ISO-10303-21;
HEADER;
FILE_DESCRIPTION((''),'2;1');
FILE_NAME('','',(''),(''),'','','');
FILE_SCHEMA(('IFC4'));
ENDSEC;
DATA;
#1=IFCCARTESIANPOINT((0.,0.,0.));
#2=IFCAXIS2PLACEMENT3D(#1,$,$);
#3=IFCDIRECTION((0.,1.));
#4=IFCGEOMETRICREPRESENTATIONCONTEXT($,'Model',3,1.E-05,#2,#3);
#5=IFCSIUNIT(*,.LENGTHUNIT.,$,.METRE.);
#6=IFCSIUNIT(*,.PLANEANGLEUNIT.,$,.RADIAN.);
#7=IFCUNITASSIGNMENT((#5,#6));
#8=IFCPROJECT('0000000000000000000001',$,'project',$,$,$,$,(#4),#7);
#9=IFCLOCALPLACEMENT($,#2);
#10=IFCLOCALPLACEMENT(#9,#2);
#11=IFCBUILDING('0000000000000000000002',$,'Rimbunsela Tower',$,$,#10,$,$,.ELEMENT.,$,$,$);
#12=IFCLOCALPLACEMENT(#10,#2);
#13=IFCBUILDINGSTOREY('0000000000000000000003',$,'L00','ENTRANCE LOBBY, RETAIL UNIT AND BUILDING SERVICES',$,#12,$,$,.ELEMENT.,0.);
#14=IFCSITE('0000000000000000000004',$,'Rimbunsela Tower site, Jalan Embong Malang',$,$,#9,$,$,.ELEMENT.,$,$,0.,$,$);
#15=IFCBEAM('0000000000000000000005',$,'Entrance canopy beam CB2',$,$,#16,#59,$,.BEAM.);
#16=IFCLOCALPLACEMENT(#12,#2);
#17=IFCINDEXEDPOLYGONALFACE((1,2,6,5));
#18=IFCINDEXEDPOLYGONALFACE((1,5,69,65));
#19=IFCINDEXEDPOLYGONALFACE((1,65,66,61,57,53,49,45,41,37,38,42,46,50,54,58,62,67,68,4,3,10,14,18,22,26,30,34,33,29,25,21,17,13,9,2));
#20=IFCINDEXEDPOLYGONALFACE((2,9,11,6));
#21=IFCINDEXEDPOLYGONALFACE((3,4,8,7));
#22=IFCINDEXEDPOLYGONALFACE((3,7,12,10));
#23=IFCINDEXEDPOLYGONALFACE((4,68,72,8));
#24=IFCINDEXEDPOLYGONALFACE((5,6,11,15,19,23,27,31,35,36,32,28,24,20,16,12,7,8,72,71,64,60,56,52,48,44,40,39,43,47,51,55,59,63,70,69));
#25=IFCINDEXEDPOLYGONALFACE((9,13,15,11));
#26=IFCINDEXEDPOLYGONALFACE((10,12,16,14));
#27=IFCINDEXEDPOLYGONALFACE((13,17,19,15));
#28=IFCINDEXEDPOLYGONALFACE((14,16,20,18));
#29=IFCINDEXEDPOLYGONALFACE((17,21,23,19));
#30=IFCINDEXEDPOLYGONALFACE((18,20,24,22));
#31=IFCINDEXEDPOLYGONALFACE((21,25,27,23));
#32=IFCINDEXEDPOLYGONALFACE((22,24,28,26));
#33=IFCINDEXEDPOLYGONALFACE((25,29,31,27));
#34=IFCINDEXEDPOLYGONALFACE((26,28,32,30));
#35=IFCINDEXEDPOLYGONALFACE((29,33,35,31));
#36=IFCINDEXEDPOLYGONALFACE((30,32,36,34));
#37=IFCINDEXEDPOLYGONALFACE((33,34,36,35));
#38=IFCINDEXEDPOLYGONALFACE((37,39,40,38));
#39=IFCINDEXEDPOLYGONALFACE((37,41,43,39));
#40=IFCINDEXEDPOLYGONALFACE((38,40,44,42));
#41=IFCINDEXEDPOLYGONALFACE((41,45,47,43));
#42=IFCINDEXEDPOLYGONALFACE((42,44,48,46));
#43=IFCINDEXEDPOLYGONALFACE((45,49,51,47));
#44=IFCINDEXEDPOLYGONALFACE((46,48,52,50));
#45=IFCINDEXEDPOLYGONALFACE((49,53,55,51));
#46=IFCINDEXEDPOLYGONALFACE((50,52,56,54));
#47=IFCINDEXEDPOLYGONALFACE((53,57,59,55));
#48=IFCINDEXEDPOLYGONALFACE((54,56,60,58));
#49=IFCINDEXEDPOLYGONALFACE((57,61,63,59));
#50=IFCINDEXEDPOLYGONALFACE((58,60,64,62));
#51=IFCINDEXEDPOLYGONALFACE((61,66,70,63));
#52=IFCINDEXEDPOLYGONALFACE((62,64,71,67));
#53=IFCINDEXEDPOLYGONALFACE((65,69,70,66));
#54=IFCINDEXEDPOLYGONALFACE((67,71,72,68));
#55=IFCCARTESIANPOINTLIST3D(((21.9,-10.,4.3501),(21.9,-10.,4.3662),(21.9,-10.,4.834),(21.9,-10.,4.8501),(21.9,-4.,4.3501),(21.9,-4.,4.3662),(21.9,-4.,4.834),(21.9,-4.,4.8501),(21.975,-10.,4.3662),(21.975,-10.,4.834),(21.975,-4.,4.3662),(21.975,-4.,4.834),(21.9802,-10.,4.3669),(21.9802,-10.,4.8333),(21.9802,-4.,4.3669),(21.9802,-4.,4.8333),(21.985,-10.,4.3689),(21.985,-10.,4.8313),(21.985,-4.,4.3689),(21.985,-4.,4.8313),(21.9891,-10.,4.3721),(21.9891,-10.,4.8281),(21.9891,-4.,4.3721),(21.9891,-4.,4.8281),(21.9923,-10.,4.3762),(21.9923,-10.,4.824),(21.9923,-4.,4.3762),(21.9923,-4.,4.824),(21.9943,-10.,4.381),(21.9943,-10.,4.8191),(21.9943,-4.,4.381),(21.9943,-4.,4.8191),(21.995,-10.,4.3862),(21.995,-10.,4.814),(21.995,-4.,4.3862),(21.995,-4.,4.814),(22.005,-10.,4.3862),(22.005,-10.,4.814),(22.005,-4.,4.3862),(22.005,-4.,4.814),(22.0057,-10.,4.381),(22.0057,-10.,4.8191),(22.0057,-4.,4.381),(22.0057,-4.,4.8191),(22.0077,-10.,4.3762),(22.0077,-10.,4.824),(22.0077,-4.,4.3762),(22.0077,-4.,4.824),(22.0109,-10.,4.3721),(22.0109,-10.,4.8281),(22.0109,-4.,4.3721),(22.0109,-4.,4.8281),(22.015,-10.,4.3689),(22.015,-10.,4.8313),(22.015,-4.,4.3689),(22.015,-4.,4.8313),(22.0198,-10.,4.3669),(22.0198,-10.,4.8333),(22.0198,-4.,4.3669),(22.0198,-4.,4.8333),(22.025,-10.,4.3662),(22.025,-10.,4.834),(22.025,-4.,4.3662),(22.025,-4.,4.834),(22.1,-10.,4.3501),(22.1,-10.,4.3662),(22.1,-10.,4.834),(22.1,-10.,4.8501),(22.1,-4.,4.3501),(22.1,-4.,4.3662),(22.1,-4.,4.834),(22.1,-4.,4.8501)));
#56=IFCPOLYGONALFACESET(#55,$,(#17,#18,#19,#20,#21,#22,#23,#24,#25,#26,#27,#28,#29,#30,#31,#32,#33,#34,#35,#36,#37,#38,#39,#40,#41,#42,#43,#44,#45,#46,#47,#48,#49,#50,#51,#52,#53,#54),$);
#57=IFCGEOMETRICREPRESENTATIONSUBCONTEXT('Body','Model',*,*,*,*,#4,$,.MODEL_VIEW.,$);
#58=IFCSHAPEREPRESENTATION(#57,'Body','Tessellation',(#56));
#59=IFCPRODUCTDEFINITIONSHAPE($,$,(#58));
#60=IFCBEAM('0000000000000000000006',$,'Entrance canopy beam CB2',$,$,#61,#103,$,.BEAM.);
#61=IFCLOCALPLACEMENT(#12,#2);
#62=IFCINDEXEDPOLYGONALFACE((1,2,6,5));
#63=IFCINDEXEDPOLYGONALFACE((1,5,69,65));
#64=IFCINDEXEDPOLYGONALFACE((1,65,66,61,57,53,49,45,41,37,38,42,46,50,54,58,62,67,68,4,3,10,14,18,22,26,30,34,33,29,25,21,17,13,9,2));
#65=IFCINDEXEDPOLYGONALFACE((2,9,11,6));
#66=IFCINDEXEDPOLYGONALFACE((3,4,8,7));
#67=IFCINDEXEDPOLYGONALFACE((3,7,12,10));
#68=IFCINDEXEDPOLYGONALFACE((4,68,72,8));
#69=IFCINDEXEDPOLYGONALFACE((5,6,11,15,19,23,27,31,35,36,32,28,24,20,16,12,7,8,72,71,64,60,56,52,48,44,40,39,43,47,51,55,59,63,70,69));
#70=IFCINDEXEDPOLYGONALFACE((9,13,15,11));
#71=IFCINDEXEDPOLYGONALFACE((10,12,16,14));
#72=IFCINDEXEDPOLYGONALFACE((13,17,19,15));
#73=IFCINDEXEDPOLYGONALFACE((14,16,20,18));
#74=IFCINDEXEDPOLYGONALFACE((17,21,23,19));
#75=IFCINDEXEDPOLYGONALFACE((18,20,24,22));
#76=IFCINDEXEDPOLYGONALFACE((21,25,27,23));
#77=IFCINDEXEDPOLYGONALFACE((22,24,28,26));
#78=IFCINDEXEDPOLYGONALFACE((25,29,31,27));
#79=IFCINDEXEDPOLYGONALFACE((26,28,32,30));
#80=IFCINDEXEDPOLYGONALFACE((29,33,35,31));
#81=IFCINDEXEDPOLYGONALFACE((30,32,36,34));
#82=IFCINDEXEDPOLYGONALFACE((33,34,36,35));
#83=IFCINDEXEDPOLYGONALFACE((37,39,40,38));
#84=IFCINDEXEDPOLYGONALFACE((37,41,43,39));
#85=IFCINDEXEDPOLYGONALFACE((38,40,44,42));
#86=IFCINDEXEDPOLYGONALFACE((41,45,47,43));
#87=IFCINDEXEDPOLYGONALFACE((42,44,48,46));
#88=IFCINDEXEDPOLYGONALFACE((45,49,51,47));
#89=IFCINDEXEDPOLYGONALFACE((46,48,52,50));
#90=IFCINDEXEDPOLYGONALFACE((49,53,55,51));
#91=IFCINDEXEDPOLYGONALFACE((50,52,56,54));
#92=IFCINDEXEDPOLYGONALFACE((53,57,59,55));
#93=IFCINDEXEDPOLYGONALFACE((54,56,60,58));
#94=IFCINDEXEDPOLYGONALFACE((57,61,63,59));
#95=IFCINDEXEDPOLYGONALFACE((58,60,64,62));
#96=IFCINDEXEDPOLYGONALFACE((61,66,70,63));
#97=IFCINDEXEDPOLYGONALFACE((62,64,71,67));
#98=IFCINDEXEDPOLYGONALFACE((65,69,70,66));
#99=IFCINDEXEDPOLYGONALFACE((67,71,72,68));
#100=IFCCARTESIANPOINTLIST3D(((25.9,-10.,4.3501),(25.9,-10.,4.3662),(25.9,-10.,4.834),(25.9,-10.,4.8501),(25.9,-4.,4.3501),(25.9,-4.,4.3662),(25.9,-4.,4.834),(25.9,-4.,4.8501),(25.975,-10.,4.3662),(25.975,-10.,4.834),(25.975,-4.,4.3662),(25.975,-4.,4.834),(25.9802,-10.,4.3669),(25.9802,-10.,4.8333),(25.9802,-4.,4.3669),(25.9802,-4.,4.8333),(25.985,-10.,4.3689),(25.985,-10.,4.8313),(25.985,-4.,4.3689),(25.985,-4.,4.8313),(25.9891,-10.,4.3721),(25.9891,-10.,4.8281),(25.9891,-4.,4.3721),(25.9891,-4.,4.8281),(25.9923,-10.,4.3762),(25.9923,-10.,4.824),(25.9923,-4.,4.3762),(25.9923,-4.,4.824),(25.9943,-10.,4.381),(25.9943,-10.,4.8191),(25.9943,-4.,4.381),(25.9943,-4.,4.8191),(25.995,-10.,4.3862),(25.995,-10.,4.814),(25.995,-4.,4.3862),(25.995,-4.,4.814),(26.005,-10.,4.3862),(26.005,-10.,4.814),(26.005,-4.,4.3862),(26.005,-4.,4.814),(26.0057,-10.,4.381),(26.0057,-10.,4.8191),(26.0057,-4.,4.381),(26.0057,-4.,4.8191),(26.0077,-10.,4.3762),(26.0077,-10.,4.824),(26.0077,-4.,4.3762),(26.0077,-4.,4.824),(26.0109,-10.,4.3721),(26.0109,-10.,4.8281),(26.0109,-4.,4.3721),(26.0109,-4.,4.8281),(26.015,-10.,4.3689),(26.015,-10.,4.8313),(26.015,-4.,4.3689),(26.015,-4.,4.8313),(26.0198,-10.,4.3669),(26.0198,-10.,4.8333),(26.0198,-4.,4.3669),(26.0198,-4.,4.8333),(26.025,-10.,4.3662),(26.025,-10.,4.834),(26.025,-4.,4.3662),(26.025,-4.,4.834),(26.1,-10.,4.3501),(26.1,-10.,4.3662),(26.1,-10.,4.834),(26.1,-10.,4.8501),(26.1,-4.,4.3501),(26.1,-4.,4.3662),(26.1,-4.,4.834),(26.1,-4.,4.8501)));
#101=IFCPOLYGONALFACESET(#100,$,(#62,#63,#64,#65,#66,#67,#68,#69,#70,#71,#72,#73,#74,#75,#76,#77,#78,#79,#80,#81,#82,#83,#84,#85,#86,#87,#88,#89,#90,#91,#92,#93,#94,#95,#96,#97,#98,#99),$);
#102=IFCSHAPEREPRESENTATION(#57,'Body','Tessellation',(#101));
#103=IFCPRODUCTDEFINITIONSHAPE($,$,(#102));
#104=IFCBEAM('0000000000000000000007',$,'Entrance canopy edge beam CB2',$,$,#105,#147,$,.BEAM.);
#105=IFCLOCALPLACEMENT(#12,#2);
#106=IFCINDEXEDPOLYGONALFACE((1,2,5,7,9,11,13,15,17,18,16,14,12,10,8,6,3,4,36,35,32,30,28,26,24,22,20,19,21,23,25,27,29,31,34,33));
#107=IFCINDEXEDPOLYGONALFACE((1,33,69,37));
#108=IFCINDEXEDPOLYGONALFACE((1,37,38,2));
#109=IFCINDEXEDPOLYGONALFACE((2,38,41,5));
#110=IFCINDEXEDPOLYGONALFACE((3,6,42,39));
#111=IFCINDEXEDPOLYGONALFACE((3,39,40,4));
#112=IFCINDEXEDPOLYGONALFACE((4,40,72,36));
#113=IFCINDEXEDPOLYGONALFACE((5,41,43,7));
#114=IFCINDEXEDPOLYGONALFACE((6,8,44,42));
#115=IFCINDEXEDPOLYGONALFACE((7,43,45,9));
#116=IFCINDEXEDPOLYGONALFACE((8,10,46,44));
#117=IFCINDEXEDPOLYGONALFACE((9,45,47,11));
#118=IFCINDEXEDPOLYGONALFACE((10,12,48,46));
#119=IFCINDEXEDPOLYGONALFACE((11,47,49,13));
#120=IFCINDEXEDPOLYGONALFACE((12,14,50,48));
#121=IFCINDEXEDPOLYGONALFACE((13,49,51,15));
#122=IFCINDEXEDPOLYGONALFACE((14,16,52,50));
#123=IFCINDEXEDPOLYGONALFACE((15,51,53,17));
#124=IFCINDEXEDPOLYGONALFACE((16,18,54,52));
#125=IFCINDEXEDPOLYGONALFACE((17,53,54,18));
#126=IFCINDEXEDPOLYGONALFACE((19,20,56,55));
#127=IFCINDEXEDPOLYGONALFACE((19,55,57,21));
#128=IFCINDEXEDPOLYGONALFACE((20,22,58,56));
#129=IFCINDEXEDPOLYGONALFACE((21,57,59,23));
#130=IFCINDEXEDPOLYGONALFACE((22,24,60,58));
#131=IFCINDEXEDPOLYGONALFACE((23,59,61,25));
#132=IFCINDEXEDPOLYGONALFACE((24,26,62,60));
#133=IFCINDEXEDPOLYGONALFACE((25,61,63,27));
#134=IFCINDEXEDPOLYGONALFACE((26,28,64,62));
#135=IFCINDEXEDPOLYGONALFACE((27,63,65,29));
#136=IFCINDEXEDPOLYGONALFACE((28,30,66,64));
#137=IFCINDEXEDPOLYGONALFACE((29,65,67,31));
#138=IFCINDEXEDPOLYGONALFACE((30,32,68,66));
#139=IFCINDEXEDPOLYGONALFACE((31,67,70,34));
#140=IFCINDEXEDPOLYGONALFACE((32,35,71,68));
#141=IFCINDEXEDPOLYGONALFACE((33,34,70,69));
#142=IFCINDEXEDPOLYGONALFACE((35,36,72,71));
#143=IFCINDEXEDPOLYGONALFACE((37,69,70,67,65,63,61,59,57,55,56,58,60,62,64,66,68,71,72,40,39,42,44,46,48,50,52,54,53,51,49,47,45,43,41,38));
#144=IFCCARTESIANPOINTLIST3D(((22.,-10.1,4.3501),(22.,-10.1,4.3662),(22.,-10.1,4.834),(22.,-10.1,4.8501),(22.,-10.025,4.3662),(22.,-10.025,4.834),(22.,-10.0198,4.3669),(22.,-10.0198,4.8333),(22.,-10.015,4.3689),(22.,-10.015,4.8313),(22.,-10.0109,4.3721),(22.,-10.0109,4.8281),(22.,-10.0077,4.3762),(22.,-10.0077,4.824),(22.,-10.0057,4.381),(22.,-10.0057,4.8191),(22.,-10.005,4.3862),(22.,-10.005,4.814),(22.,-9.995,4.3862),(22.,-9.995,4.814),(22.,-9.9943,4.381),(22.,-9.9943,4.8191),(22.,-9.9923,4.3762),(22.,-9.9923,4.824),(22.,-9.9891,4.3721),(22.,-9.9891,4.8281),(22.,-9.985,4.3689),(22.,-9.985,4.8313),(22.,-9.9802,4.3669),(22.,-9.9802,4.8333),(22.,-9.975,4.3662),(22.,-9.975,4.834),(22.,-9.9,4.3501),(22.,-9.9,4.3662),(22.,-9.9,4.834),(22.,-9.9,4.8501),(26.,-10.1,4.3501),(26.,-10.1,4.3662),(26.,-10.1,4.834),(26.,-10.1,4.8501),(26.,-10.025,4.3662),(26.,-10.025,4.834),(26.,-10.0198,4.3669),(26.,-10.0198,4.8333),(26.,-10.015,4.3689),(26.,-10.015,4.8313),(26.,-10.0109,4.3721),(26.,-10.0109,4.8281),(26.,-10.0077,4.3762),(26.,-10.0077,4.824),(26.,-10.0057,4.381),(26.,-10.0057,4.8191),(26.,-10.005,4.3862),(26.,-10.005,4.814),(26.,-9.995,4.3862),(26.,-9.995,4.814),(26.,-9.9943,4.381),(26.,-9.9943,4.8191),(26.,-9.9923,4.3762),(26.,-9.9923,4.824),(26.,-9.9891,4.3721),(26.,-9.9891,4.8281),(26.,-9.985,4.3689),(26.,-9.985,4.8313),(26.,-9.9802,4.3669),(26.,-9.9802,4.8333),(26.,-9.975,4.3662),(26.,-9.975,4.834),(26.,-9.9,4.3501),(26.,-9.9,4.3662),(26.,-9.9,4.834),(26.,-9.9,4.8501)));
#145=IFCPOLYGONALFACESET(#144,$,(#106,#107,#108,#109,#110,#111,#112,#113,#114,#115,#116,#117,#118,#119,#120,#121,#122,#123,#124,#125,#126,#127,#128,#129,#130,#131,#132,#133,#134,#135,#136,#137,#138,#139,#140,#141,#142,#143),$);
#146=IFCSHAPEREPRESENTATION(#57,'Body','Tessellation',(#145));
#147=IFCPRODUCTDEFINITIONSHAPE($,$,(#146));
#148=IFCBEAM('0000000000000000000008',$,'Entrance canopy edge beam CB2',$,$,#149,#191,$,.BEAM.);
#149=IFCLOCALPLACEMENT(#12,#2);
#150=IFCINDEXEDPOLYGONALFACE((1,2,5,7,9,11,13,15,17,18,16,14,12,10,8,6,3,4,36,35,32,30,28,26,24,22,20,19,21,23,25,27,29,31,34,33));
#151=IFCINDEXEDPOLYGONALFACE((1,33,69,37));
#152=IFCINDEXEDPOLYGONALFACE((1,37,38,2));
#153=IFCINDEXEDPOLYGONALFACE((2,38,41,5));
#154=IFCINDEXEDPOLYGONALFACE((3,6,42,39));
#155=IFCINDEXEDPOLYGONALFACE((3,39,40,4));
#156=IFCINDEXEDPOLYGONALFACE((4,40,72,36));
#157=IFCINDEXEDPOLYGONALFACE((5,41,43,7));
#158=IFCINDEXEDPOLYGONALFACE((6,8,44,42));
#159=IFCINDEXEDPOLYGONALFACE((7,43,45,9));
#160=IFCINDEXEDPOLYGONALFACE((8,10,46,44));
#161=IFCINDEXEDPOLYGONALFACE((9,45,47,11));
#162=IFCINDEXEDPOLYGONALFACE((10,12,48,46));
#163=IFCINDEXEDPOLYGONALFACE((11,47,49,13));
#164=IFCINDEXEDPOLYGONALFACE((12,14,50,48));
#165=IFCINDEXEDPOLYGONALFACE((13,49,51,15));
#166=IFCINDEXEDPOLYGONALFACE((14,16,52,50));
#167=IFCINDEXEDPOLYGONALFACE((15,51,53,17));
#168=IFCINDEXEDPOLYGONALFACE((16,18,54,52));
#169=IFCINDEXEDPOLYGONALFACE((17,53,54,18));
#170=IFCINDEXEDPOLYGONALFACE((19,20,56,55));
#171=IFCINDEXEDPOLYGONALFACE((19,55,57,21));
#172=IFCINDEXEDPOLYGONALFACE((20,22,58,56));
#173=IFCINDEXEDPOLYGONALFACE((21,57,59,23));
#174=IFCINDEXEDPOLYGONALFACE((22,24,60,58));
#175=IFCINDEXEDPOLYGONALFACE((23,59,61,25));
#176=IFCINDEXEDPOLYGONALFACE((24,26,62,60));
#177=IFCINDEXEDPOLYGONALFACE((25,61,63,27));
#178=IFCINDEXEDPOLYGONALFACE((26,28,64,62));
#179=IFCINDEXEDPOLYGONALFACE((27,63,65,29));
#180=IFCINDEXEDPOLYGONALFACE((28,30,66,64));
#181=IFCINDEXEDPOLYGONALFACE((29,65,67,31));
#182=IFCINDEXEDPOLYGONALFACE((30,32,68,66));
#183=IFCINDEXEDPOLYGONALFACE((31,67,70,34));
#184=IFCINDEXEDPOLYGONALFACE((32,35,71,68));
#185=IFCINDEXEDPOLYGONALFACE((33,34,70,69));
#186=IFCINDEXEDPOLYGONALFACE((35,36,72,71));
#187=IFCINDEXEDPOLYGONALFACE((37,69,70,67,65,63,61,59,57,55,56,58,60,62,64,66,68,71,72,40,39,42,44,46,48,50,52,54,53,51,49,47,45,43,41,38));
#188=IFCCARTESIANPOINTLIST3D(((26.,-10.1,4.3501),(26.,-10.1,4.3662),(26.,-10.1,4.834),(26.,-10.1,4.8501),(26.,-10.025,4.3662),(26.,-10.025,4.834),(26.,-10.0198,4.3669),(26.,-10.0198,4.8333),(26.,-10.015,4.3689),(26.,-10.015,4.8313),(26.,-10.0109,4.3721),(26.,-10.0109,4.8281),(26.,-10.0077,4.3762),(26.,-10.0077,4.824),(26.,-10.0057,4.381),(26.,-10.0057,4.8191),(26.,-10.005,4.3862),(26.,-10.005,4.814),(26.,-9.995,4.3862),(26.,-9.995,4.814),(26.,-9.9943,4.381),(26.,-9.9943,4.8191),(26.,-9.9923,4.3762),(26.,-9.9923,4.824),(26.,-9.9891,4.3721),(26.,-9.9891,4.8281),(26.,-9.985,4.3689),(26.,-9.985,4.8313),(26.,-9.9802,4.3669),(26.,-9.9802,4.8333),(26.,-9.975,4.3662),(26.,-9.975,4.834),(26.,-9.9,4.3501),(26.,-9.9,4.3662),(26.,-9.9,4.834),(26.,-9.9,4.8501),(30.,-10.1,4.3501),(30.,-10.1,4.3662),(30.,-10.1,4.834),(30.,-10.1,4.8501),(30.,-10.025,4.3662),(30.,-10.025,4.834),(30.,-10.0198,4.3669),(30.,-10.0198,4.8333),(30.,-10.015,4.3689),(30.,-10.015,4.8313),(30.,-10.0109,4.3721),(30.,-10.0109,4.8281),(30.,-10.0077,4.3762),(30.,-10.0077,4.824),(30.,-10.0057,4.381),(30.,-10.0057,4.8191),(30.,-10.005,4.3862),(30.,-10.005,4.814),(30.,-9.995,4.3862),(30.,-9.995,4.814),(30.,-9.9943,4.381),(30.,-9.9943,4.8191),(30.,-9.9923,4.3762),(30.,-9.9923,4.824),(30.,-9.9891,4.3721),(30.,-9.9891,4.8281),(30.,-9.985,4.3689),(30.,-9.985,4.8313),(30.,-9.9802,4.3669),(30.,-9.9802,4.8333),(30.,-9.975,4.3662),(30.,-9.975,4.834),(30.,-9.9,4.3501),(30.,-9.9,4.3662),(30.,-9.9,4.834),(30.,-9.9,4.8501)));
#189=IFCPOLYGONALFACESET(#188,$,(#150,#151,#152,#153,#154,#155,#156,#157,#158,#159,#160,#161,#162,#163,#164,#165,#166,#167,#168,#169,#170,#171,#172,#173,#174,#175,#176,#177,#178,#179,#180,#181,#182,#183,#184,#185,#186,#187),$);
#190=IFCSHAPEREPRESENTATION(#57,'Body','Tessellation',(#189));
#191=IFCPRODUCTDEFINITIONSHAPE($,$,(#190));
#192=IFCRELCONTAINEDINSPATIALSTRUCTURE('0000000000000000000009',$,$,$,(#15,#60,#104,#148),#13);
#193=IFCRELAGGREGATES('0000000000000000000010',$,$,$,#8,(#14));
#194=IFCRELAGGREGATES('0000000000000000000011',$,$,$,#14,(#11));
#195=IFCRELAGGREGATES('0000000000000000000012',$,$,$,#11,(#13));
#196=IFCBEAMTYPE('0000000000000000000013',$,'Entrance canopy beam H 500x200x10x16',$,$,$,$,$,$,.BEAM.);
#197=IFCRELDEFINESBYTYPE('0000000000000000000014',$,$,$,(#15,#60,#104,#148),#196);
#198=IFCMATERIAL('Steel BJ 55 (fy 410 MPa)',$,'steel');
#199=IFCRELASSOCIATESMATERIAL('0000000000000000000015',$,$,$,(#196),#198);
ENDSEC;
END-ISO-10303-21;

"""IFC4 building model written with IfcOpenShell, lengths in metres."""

from ifc_helpers import new_model, si_unit, direction, frame, origin, origin_2d, place, context, subcontext, project, spatial, i_section, extrude, material, material_profile, profile_set, type_object, element, save


model = new_model("IFC4")

# Units and contexts
model_context = context("Model", 3, precision=1e-05, world=origin(), true_north=direction((0.0, 1.0)))
body_context = subcontext(model_context, "Body", "Model", "MODEL_VIEW")
ifc_project = project(units=[si_unit("LENGTHUNIT", "METRE"), si_unit("PLANEANGLEUNIT", "RADIAN")], contexts=[model_context])

# Site, building, storey
site_placement = place(None, origin())
site = spatial("IfcSite", under=ifc_project, at=site_placement, Name="Rimbunsela Tower site, Jalan Embong Malang", CompositionType="ELEMENT", RefElevation=0.0)
building_placement = place(site_placement, origin())
building = spatial("IfcBuilding", under=site, at=building_placement, Name="Rimbunsela Tower", CompositionType="ELEMENT")
storey_placement = place(building_placement, origin())
storey = spatial("IfcBuildingStorey", under=building, at=storey_placement, Name="L00", Description="ENTRANCE LOBBY, RETAIL UNIT AND BUILDING SERVICES", CompositionType="ELEMENT", Elevation=0.0)

# Beams
ifc_material_1 = material(Name="Steel BJ 55 (fy 410 MPa)", Category="steel")
ifc_material_profile_1 = material_profile(ifc_material_1, i_section(OverallWidth=0.2, OverallDepth=0.5, WebThickness=0.01, FlangeThickness=0.0161, FilletRadius=0.02, at=origin_2d()), Name="H 500x200x10x16")
ifc_profile_set_1 = profile_set([ifc_material_profile_1], Name="Steel BJ 55 (fy 410 MPa)")
beam_type = type_object("IfcBeamType", Name="Entrance canopy beam H 500x200x10x16", PredefinedType="BEAM", material=ifc_profile_set_1)
for number, where, z_axis, x_axis, name in (
    (1, (22.0, -10.0, 4.6001), (0.0, 1.0, 0.0), (-1.0, 0.0, 0.0), "Entrance canopy beam CB2"),
    (2, (26.0, -10.0, 4.6001), (0.0, 1.0, 0.0), (-1.0, 0.0, 0.0), "Entrance canopy beam CB2"),
):
    element("IfcBeam", number, at=place(storey_placement, frame(where, z_axis=z_axis, x_axis=x_axis)), inside=storey, type_object=beam_type, Name=name, PredefinedType="BEAM", context=body_context, shape_type="SweptSolid", body=[
        extrude(i_section(OverallWidth=0.2, OverallDepth=0.5, WebThickness=0.01, FlangeThickness=0.0161, FilletRadius=0.02, at=origin_2d()), origin(), (0.0, 0.0, 1.0), 6.0),
    ])
for number, where, z_axis, x_axis, name in (
    (3, (22.0, -10.0, 4.6001), (1.0, 0.0, 0.0), (0.0, 1.0, 0.0), "Entrance canopy edge beam CB2"),
    (4, (26.0, -10.0, 4.6001), (1.0, 0.0, 0.0), (0.0, 1.0, 0.0), "Entrance canopy edge beam CB2"),
):
    element("IfcBeam", number, at=place(storey_placement, frame(where, z_axis=z_axis, x_axis=x_axis)), inside=storey, type_object=beam_type, Name=name, PredefinedType="BEAM", context=body_context, shape_type="SweptSolid", body=[
        extrude(i_section(OverallWidth=0.2, OverallDepth=0.5, WebThickness=0.01, FlangeThickness=0.0161, FilletRadius=0.02, at=origin_2d()), origin(), (0.0, 0.0, 1.0), 4.0),
    ])

save(model, "model.ifc")
